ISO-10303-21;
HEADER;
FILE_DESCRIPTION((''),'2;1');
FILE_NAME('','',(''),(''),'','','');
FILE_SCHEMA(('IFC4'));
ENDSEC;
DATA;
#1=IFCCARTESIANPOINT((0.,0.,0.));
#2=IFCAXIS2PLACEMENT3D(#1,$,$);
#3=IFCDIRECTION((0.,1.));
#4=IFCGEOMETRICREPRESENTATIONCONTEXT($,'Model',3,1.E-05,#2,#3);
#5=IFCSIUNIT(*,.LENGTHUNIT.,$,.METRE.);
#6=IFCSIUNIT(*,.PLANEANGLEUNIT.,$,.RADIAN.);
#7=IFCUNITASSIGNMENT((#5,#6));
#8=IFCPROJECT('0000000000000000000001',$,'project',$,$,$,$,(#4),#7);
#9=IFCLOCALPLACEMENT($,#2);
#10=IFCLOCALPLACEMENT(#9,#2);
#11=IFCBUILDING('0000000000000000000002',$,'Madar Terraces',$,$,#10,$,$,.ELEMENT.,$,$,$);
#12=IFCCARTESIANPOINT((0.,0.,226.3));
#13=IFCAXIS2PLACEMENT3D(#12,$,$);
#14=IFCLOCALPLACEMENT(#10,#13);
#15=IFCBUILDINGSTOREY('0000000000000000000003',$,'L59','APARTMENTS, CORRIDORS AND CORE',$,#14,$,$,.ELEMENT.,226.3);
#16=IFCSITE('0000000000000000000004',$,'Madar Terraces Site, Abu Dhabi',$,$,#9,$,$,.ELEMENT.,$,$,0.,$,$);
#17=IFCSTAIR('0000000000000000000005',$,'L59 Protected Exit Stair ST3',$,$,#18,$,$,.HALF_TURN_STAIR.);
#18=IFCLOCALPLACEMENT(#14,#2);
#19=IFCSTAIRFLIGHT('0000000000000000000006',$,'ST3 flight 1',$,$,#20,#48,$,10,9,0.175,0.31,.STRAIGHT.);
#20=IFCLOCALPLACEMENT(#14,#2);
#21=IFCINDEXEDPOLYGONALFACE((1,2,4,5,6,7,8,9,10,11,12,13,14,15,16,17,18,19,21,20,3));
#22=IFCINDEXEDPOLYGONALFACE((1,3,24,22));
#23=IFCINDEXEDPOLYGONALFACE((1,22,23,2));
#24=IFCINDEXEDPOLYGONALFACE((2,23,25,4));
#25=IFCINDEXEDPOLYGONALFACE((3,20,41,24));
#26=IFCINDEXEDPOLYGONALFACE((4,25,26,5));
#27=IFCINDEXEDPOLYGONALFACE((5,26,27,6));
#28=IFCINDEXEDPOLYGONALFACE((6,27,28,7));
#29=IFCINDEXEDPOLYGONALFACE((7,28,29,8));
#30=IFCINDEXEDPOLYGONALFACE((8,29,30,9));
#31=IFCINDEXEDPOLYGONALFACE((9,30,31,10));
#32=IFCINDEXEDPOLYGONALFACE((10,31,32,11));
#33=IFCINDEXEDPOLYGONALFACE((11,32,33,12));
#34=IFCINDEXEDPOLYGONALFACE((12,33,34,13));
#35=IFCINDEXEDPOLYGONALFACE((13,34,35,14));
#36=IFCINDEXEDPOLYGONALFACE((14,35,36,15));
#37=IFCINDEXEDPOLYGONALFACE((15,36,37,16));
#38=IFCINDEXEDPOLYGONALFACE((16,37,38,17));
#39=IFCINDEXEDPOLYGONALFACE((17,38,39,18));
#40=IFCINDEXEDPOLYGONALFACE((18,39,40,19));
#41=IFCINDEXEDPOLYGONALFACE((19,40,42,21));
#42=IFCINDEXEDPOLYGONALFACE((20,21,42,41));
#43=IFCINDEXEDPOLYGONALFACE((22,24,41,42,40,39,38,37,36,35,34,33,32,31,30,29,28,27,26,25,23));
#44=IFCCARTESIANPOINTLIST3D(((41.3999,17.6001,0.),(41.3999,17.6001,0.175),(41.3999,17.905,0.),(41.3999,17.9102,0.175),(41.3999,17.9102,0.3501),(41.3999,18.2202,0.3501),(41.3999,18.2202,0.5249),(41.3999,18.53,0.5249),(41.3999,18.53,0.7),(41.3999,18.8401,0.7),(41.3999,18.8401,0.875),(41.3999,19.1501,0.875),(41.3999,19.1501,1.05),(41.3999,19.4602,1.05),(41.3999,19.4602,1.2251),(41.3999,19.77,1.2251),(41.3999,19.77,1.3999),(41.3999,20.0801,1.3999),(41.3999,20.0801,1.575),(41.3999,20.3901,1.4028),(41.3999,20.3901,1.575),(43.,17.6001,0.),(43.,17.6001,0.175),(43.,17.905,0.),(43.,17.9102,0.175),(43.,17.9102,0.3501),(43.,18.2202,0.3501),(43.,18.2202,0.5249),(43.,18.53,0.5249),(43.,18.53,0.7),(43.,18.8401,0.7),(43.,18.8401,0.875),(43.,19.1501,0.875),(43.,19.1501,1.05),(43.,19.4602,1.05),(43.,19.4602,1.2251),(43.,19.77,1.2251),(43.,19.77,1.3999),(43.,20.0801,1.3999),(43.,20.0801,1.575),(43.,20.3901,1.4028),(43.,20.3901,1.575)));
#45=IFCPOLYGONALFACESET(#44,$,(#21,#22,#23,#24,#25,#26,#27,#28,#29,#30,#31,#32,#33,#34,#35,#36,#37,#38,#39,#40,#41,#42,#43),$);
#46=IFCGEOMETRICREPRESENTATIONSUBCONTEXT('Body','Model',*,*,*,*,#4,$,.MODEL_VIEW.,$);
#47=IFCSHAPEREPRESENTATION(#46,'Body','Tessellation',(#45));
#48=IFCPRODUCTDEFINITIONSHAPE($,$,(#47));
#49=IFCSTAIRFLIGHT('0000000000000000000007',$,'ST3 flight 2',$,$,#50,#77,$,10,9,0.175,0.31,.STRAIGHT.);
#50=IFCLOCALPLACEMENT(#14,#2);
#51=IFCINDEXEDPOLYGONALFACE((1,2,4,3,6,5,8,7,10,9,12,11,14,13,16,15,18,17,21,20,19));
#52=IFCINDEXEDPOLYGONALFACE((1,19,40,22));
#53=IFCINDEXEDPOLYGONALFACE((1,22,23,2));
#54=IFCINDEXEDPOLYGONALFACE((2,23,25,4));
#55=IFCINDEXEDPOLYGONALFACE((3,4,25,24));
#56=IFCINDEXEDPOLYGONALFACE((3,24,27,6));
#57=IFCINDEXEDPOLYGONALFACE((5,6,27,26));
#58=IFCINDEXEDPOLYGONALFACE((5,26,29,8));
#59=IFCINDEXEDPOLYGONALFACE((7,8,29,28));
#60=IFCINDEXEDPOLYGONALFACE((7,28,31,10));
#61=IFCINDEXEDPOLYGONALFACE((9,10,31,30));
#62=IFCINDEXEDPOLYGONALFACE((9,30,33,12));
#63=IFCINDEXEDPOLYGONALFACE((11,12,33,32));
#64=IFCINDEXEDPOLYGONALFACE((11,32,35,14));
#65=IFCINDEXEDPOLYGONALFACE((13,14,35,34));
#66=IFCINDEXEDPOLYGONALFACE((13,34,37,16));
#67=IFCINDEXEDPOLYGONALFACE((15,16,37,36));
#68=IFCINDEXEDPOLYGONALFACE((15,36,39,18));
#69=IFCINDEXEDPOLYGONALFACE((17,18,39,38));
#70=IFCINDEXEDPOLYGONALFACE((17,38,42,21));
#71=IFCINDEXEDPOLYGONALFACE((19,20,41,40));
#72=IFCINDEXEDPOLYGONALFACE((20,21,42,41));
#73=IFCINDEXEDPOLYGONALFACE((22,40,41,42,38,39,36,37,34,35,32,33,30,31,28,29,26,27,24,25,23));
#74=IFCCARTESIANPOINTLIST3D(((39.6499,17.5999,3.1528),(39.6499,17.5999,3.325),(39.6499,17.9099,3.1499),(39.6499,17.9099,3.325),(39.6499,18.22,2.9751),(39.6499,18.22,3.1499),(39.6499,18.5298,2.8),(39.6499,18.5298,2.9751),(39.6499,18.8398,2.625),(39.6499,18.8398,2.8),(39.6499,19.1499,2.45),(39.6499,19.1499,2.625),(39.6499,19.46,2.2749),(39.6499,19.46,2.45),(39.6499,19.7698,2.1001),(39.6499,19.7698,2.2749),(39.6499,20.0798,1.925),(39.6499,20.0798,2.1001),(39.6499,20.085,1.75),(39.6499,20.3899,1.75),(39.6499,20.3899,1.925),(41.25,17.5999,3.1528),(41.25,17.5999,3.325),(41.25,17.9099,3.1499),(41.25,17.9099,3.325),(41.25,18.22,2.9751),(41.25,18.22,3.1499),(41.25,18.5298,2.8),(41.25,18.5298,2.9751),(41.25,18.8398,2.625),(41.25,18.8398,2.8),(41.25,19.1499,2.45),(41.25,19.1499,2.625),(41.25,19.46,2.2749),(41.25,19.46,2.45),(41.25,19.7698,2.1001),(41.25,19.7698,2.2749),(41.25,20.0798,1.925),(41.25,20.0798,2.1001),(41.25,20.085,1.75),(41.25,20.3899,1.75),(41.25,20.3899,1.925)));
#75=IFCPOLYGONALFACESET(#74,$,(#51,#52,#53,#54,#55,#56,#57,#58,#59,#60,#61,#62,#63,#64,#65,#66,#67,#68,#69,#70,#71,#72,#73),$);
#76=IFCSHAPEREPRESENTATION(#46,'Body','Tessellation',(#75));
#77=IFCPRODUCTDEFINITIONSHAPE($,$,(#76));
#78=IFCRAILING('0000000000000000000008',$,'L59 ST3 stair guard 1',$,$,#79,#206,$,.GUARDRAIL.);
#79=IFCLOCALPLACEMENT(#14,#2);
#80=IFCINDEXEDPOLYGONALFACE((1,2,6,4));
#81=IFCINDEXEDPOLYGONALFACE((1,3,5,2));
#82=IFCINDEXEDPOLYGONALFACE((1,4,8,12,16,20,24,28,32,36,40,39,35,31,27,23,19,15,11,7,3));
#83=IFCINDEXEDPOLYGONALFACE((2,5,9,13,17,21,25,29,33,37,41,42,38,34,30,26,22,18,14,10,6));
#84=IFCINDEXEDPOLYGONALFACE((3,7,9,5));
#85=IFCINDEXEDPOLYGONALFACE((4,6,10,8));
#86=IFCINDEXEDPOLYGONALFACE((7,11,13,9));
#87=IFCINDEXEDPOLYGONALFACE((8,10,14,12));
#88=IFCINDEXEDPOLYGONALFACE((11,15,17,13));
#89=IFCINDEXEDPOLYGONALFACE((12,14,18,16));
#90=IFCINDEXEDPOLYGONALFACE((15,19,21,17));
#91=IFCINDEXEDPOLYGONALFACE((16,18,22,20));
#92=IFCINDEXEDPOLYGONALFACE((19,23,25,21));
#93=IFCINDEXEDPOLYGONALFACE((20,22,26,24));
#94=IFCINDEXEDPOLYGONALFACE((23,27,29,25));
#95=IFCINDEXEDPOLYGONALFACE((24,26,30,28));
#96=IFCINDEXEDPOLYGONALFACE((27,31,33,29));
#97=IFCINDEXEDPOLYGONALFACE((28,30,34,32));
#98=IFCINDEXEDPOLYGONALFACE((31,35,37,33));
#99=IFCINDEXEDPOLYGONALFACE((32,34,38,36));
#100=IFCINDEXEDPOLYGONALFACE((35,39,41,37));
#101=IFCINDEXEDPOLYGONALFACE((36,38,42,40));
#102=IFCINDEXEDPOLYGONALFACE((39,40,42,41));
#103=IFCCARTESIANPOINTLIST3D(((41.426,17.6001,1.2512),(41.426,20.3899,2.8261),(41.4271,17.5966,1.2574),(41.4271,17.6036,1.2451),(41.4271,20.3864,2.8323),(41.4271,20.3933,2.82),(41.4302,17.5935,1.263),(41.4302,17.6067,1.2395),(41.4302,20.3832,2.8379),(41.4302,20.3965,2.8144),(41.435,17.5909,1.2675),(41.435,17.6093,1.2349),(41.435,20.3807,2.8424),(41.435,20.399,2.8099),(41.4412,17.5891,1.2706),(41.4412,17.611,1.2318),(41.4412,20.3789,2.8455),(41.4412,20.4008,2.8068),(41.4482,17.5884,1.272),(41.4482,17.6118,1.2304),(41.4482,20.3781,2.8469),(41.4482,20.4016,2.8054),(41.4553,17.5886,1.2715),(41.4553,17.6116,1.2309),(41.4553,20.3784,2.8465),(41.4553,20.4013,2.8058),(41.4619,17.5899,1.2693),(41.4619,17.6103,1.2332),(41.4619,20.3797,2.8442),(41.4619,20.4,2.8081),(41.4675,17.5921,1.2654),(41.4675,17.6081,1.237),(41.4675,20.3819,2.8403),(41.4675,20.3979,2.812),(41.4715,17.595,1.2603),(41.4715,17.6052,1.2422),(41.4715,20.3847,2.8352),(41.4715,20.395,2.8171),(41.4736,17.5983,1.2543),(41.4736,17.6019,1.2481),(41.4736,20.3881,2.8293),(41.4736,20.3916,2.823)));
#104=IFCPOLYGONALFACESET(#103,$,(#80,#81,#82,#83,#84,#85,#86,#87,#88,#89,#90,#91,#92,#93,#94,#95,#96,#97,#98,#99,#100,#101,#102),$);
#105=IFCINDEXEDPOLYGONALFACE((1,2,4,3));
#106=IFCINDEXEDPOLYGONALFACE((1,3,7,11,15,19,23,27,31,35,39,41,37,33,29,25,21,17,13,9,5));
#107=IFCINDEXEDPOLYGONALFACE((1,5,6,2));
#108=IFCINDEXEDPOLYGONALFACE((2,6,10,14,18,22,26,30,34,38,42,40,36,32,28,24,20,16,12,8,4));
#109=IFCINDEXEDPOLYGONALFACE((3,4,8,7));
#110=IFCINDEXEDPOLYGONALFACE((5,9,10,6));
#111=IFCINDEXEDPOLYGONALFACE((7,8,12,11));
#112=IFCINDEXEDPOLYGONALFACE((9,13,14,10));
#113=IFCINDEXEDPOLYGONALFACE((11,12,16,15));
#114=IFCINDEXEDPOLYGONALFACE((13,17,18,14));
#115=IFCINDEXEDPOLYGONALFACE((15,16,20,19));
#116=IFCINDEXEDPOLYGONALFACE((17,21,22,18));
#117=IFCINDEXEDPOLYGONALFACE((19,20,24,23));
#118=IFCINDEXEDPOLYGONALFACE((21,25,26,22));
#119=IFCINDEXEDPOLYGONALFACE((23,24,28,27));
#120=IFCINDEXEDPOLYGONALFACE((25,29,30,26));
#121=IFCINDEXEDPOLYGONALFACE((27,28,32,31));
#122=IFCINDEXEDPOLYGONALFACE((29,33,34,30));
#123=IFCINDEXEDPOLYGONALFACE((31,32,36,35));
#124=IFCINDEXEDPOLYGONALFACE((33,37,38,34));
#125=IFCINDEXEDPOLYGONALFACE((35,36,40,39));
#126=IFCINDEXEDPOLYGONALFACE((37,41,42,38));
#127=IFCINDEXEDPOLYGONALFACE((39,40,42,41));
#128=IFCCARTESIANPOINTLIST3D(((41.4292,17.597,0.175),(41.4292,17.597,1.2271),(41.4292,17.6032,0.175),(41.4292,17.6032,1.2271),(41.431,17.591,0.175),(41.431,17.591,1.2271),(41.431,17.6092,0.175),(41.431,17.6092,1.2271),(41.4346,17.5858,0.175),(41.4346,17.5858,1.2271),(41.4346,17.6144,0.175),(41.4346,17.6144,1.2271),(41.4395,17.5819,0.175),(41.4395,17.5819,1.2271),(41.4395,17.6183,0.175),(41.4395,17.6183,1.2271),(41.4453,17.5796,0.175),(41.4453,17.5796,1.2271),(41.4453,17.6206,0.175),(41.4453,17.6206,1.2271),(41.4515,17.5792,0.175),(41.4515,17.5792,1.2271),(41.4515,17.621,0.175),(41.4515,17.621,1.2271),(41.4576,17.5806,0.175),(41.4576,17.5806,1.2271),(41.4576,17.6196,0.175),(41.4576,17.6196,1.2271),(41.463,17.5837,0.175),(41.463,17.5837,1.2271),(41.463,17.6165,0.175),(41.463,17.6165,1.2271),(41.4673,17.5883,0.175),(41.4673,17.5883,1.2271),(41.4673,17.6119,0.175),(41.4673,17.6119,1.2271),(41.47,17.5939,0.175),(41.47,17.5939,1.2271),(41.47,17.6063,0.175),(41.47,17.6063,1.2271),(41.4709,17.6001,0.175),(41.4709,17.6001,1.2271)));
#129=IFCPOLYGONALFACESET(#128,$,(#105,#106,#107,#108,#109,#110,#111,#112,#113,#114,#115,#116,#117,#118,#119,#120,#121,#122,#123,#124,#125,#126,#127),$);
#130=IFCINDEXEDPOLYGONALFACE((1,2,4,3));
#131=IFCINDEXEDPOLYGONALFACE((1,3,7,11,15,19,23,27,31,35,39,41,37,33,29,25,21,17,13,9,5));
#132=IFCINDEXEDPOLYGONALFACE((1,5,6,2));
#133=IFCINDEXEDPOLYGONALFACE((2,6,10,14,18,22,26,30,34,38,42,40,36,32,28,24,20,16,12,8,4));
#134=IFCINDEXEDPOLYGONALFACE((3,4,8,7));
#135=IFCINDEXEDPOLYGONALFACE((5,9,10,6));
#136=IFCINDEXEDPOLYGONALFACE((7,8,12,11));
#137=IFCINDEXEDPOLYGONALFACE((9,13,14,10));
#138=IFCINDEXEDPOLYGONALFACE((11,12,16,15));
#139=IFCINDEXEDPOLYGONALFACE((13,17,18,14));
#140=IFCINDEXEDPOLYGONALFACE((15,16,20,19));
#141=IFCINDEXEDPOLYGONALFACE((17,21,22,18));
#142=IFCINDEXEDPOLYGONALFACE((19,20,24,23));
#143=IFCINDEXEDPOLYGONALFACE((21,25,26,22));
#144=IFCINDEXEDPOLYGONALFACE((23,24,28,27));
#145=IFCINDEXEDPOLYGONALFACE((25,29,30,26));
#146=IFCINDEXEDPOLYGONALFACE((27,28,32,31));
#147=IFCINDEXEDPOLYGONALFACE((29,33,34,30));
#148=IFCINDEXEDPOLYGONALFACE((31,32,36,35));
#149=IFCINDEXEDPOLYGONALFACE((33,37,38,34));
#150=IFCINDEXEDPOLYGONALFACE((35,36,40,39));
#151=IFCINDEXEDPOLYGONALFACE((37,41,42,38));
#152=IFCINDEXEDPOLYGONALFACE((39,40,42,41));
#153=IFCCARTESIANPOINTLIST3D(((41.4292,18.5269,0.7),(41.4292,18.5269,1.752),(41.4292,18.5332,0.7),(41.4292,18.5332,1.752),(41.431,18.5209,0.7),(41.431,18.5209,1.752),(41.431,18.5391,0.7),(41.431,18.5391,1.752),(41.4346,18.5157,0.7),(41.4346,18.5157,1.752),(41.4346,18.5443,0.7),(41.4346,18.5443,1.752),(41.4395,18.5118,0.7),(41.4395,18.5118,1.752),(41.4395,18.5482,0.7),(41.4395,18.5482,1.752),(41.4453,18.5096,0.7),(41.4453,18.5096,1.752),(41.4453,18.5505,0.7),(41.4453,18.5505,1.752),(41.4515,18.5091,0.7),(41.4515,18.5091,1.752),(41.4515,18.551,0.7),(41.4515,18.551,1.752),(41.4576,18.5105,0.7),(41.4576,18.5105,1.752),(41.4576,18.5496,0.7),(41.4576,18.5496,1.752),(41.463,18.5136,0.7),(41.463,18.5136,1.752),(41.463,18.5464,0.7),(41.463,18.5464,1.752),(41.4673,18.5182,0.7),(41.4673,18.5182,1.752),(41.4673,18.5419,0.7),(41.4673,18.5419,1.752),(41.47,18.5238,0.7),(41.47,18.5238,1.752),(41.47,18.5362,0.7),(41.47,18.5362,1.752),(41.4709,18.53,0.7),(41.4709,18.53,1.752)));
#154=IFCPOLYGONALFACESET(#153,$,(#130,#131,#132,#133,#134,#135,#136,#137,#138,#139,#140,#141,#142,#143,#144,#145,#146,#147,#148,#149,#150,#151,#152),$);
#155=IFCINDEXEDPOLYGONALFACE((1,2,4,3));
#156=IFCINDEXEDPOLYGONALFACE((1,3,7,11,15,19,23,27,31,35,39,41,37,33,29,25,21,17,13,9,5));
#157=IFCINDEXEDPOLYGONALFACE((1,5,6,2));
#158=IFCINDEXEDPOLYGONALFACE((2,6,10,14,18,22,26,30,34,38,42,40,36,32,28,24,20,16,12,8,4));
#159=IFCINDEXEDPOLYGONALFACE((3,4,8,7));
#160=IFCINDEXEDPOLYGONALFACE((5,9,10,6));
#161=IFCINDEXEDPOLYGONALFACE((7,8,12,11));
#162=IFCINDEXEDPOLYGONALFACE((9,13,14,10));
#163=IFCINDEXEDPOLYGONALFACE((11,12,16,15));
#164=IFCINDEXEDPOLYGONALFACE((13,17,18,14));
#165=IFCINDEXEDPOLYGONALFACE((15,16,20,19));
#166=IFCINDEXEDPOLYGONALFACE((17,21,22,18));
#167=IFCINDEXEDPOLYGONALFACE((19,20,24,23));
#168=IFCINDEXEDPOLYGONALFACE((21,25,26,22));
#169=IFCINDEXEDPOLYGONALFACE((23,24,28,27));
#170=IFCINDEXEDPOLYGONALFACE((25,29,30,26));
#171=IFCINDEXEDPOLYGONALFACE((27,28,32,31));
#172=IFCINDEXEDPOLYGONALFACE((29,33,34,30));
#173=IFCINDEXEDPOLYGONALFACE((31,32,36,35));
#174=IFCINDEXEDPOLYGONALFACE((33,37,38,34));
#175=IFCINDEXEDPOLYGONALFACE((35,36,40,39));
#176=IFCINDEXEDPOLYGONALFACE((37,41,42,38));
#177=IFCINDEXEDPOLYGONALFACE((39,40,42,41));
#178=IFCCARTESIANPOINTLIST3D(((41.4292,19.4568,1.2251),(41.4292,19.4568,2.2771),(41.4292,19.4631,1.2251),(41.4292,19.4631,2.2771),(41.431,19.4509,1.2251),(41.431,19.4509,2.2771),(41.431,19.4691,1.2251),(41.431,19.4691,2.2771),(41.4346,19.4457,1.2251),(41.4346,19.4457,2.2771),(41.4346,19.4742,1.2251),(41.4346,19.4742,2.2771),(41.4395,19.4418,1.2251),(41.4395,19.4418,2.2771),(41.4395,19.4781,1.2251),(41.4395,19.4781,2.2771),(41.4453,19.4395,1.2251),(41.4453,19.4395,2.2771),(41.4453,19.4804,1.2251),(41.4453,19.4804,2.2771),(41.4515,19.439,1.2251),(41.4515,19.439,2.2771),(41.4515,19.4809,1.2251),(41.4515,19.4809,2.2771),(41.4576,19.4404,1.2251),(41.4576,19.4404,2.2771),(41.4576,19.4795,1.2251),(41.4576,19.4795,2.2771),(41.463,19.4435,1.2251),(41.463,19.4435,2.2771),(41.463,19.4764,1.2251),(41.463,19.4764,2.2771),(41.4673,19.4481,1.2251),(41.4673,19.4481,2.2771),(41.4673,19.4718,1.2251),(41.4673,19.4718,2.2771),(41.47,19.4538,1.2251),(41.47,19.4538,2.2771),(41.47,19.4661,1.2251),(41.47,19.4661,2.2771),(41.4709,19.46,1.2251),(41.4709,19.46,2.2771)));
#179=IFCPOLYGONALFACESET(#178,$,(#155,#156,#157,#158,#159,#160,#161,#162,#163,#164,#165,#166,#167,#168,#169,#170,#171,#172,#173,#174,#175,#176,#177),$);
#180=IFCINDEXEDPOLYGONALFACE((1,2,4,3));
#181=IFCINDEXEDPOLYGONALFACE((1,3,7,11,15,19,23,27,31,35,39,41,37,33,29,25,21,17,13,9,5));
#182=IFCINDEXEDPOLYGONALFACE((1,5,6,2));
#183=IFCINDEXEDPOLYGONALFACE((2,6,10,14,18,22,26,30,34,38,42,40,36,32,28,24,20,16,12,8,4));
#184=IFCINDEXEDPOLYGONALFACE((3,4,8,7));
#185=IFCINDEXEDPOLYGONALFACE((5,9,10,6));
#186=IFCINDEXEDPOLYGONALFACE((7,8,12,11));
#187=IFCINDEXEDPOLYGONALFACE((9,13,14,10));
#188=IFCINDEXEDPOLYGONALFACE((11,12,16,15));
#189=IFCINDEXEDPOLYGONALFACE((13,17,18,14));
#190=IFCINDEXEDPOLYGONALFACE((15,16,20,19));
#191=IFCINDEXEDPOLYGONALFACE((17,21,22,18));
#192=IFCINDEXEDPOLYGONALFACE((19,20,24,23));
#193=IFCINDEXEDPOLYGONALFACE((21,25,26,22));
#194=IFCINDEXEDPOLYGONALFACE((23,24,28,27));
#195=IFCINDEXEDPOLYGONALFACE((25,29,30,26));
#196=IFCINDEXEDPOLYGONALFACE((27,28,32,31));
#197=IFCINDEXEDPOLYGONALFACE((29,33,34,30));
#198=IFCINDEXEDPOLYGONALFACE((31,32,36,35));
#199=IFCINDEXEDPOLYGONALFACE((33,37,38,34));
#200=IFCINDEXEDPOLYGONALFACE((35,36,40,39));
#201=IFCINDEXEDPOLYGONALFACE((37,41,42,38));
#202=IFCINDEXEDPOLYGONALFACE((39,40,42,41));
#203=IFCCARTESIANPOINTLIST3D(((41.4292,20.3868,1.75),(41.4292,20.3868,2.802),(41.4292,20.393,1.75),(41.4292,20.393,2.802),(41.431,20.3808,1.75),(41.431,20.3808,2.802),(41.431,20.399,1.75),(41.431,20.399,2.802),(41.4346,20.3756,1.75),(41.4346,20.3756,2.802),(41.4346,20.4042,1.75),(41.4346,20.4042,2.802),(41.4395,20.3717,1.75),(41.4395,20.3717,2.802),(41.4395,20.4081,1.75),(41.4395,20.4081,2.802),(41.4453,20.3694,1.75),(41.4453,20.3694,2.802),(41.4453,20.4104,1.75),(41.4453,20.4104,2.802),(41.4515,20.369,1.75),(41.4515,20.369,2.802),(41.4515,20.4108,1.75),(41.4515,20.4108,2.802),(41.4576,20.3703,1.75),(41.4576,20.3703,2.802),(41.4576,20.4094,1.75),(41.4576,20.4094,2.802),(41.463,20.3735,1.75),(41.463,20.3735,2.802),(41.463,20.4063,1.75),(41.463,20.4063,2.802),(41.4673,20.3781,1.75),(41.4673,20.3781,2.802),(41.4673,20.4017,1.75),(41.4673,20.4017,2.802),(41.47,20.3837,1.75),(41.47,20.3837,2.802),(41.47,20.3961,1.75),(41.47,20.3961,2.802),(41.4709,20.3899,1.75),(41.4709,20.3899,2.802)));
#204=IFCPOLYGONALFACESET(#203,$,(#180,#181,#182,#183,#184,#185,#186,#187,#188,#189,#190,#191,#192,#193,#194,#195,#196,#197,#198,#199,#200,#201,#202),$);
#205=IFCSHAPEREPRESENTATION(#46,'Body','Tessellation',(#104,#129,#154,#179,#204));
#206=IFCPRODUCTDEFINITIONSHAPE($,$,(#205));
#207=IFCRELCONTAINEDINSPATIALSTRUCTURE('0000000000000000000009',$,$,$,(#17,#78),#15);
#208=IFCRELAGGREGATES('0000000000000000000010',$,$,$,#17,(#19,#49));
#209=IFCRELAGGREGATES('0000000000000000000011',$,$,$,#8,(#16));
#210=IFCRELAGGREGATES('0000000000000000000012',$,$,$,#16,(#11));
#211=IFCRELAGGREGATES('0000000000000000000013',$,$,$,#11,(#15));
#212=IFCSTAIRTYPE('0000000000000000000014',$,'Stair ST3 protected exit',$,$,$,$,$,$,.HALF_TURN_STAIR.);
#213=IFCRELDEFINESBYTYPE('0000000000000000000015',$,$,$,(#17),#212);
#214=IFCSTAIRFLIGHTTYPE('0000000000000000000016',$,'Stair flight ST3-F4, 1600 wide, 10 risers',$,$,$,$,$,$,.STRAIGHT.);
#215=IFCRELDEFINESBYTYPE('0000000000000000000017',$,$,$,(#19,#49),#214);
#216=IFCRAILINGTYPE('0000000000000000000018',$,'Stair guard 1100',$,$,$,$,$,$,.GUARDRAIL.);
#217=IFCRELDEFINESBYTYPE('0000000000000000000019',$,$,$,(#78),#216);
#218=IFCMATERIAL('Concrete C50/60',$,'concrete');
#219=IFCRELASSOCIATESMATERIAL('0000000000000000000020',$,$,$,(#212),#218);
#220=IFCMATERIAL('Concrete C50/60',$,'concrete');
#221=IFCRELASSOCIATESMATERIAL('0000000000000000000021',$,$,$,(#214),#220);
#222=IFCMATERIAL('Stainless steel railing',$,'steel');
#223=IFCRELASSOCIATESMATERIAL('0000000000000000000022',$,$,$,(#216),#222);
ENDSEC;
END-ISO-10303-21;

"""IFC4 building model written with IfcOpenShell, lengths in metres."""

from ifc_helpers import new_model, si_unit, direction, frame, origin, origin_2d, place, context, subcontext, project, spatial, polyline, circle, outline, extrude, material, type_object, element, aggregate, save


model = new_model("IFC4")

# Units and contexts
model_context = context("Model", 3, precision=1e-05, world=origin(), true_north=direction((0.0, 1.0)))
body_context = subcontext(model_context, "Body", "Model", "MODEL_VIEW")
ifc_project = project(units=[si_unit("LENGTHUNIT", "METRE"), si_unit("PLANEANGLEUNIT", "RADIAN")], contexts=[model_context])

# Site, building, storey
site_placement = place(None, origin())
site = spatial("IfcSite", under=ifc_project, at=site_placement, Name="Madar Terraces Site, Abu Dhabi", CompositionType="ELEMENT", RefElevation=0.0)
building_placement = place(site_placement, origin())
building = spatial("IfcBuilding", under=site, at=building_placement, Name="Madar Terraces", CompositionType="ELEMENT")
storey_placement = place(building_placement, frame((0.0, 0.0, 226.3)))
storey = spatial("IfcBuildingStorey", under=building, at=storey_placement, Name="L59", Description="APARTMENTS, CORRIDORS AND CORE", CompositionType="ELEMENT", Elevation=226.3)

# Stair, stair flights
ifc_material_1 = material(Name="Concrete C50/60", Category="concrete")
stair_type = type_object("IfcStairType", Name="Stair ST3 protected exit", PredefinedType="HALF_TURN_STAIR", material=ifc_material_1)
stair_placement = place(storey_placement, origin())
stair = element("IfcStair", 1, at=stair_placement, inside=storey, type_object=stair_type, Name="L59 Protected Exit Stair ST3", PredefinedType="HALF_TURN_STAIR")
ifc_material_2 = material(Name="Concrete C50/60", Category="concrete")
stair_flight_type = type_object("IfcStairFlightType", Name="Stair flight ST3-F4, 1600 wide, 10 risers", PredefinedType="STRAIGHT", material=ifc_material_2)
stair_flight_1_placement = place(storey_placement, frame((42.2, 17.6001, 0.0), z_axis=(0.0, 0.0, 1.0), x_axis=(0.0, 1.0, 0.0)))
stair_flight_1 = element("IfcStairFlight", 2, at=stair_flight_1_placement, type_object=stair_flight_type, Name="ST3 flight 1", NumberOfRisers=10, NumberOfTreads=9, PredefinedType="STRAIGHT", RiserHeight=0.175, TreadLength=0.31, context=body_context, shape_type="SweptSolid", body=[
    extrude(outline(polyline([(0.0, 0.0), (0.0, 0.175), (0.3101, 0.175), (0.3101, 0.3501), (0.6201, 0.3501), (0.6201, 0.5249), (0.9299, 0.5249), (0.9299, 0.7), (1.24, 0.7), (1.24, 0.875), (1.55, 0.875), (1.55, 1.05), (1.8601, 1.05), (1.8601, 1.2251), (2.1699, 1.2251), (2.1699, 1.3999), (2.48, 1.3999), (2.48, 1.575), (2.79, 1.575), (2.79, 1.75), (2.79, 1.4028), (0.3049, 0.0), (0.0, 0.0)])), frame((0.0, 0.8, 0.0), z_axis=(0.0, -1.0, 0.0), x_axis=(1.0, 0.0, 0.0)), (0.0, 0.0, 1.0), 1.6001),
])
stair_flight_2_placement = place(storey_placement, frame((40.45, 20.3899, 1.75), z_axis=(0.0, 0.0, 1.0), x_axis=(0.0, -1.0, 0.0)))
stair_flight_2 = element("IfcStairFlight", 3, at=stair_flight_2_placement, type_object=stair_flight_type, Name="ST3 flight 2", NumberOfRisers=10, NumberOfTreads=9, PredefinedType="STRAIGHT", RiserHeight=0.175, TreadLength=0.31, context=body_context, shape_type="SweptSolid", body=[
    extrude(outline(polyline([(0.0, 0.0), (0.0, 0.175), (0.3101, 0.175), (0.3101, 0.3501), (0.6201, 0.3501), (0.6201, 0.5249), (0.9299, 0.5249), (0.9299, 0.7), (1.24, 0.7), (1.24, 0.875), (1.55, 0.875), (1.55, 1.05), (1.8601, 1.05), (1.8601, 1.2251), (2.1699, 1.2251), (2.1699, 1.3999), (2.48, 1.3999), (2.48, 1.575), (2.79, 1.575), (2.79, 1.75), (2.79, 1.4028), (0.3049, 0.0), (0.0, 0.0)])), frame((0.0, 0.8, 0.0), z_axis=(0.0, -1.0, 0.0), x_axis=(1.0, 0.0, 0.0)), (0.0, 0.0, 1.0), 1.6001),
])
aggregate(stair, [stair_flight_1, stair_flight_2])

# Railing
ifc_material_3 = material(Name="Stainless steel railing", Category="steel")
railing_type_1 = type_object("IfcRailingType", Name="Stair guard 1100", PredefinedType="GUARDRAIL", material=ifc_material_3)
railing_1_placement = place(storey_placement, frame((41.45, 17.6001, 0.175)))
element("IfcRailing", 4, at=railing_1_placement, inside=storey, type_object=railing_type_1, Name="L59 ST3 stair guard 1", PredefinedType="GUARDRAIL", context=body_context, shape_type="SweptSolid", body=[
    extrude(circle(Radius=0.0239, at=origin_2d()), frame((0.0, 0.0, 1.0762), z_axis=(0.0, 0.870815, 0.49161), x_axis=(-1.0, 0.0, 0.0)), (0.0, 0.0, 1.0), 3.2036),
    extrude(circle(Radius=0.021, at=origin_2d()), origin(), (0.0, 0.0, 1.0), 1.052),
    extrude(circle(Radius=0.021, at=origin_2d()), frame((0.0, 0.9299, 0.5249)), (0.0, 0.0, 1.0), 1.052),
    extrude(circle(Radius=0.021, at=origin_2d()), frame((0.0, 1.8599, 1.05)), (0.0, 0.0, 1.0), 1.052),
    extrude(circle(Radius=0.021, at=origin_2d()), frame((0.0, 2.7898, 1.575)), (0.0, 0.0, 1.0), 1.052),
])

save(model, "model.ifc")
